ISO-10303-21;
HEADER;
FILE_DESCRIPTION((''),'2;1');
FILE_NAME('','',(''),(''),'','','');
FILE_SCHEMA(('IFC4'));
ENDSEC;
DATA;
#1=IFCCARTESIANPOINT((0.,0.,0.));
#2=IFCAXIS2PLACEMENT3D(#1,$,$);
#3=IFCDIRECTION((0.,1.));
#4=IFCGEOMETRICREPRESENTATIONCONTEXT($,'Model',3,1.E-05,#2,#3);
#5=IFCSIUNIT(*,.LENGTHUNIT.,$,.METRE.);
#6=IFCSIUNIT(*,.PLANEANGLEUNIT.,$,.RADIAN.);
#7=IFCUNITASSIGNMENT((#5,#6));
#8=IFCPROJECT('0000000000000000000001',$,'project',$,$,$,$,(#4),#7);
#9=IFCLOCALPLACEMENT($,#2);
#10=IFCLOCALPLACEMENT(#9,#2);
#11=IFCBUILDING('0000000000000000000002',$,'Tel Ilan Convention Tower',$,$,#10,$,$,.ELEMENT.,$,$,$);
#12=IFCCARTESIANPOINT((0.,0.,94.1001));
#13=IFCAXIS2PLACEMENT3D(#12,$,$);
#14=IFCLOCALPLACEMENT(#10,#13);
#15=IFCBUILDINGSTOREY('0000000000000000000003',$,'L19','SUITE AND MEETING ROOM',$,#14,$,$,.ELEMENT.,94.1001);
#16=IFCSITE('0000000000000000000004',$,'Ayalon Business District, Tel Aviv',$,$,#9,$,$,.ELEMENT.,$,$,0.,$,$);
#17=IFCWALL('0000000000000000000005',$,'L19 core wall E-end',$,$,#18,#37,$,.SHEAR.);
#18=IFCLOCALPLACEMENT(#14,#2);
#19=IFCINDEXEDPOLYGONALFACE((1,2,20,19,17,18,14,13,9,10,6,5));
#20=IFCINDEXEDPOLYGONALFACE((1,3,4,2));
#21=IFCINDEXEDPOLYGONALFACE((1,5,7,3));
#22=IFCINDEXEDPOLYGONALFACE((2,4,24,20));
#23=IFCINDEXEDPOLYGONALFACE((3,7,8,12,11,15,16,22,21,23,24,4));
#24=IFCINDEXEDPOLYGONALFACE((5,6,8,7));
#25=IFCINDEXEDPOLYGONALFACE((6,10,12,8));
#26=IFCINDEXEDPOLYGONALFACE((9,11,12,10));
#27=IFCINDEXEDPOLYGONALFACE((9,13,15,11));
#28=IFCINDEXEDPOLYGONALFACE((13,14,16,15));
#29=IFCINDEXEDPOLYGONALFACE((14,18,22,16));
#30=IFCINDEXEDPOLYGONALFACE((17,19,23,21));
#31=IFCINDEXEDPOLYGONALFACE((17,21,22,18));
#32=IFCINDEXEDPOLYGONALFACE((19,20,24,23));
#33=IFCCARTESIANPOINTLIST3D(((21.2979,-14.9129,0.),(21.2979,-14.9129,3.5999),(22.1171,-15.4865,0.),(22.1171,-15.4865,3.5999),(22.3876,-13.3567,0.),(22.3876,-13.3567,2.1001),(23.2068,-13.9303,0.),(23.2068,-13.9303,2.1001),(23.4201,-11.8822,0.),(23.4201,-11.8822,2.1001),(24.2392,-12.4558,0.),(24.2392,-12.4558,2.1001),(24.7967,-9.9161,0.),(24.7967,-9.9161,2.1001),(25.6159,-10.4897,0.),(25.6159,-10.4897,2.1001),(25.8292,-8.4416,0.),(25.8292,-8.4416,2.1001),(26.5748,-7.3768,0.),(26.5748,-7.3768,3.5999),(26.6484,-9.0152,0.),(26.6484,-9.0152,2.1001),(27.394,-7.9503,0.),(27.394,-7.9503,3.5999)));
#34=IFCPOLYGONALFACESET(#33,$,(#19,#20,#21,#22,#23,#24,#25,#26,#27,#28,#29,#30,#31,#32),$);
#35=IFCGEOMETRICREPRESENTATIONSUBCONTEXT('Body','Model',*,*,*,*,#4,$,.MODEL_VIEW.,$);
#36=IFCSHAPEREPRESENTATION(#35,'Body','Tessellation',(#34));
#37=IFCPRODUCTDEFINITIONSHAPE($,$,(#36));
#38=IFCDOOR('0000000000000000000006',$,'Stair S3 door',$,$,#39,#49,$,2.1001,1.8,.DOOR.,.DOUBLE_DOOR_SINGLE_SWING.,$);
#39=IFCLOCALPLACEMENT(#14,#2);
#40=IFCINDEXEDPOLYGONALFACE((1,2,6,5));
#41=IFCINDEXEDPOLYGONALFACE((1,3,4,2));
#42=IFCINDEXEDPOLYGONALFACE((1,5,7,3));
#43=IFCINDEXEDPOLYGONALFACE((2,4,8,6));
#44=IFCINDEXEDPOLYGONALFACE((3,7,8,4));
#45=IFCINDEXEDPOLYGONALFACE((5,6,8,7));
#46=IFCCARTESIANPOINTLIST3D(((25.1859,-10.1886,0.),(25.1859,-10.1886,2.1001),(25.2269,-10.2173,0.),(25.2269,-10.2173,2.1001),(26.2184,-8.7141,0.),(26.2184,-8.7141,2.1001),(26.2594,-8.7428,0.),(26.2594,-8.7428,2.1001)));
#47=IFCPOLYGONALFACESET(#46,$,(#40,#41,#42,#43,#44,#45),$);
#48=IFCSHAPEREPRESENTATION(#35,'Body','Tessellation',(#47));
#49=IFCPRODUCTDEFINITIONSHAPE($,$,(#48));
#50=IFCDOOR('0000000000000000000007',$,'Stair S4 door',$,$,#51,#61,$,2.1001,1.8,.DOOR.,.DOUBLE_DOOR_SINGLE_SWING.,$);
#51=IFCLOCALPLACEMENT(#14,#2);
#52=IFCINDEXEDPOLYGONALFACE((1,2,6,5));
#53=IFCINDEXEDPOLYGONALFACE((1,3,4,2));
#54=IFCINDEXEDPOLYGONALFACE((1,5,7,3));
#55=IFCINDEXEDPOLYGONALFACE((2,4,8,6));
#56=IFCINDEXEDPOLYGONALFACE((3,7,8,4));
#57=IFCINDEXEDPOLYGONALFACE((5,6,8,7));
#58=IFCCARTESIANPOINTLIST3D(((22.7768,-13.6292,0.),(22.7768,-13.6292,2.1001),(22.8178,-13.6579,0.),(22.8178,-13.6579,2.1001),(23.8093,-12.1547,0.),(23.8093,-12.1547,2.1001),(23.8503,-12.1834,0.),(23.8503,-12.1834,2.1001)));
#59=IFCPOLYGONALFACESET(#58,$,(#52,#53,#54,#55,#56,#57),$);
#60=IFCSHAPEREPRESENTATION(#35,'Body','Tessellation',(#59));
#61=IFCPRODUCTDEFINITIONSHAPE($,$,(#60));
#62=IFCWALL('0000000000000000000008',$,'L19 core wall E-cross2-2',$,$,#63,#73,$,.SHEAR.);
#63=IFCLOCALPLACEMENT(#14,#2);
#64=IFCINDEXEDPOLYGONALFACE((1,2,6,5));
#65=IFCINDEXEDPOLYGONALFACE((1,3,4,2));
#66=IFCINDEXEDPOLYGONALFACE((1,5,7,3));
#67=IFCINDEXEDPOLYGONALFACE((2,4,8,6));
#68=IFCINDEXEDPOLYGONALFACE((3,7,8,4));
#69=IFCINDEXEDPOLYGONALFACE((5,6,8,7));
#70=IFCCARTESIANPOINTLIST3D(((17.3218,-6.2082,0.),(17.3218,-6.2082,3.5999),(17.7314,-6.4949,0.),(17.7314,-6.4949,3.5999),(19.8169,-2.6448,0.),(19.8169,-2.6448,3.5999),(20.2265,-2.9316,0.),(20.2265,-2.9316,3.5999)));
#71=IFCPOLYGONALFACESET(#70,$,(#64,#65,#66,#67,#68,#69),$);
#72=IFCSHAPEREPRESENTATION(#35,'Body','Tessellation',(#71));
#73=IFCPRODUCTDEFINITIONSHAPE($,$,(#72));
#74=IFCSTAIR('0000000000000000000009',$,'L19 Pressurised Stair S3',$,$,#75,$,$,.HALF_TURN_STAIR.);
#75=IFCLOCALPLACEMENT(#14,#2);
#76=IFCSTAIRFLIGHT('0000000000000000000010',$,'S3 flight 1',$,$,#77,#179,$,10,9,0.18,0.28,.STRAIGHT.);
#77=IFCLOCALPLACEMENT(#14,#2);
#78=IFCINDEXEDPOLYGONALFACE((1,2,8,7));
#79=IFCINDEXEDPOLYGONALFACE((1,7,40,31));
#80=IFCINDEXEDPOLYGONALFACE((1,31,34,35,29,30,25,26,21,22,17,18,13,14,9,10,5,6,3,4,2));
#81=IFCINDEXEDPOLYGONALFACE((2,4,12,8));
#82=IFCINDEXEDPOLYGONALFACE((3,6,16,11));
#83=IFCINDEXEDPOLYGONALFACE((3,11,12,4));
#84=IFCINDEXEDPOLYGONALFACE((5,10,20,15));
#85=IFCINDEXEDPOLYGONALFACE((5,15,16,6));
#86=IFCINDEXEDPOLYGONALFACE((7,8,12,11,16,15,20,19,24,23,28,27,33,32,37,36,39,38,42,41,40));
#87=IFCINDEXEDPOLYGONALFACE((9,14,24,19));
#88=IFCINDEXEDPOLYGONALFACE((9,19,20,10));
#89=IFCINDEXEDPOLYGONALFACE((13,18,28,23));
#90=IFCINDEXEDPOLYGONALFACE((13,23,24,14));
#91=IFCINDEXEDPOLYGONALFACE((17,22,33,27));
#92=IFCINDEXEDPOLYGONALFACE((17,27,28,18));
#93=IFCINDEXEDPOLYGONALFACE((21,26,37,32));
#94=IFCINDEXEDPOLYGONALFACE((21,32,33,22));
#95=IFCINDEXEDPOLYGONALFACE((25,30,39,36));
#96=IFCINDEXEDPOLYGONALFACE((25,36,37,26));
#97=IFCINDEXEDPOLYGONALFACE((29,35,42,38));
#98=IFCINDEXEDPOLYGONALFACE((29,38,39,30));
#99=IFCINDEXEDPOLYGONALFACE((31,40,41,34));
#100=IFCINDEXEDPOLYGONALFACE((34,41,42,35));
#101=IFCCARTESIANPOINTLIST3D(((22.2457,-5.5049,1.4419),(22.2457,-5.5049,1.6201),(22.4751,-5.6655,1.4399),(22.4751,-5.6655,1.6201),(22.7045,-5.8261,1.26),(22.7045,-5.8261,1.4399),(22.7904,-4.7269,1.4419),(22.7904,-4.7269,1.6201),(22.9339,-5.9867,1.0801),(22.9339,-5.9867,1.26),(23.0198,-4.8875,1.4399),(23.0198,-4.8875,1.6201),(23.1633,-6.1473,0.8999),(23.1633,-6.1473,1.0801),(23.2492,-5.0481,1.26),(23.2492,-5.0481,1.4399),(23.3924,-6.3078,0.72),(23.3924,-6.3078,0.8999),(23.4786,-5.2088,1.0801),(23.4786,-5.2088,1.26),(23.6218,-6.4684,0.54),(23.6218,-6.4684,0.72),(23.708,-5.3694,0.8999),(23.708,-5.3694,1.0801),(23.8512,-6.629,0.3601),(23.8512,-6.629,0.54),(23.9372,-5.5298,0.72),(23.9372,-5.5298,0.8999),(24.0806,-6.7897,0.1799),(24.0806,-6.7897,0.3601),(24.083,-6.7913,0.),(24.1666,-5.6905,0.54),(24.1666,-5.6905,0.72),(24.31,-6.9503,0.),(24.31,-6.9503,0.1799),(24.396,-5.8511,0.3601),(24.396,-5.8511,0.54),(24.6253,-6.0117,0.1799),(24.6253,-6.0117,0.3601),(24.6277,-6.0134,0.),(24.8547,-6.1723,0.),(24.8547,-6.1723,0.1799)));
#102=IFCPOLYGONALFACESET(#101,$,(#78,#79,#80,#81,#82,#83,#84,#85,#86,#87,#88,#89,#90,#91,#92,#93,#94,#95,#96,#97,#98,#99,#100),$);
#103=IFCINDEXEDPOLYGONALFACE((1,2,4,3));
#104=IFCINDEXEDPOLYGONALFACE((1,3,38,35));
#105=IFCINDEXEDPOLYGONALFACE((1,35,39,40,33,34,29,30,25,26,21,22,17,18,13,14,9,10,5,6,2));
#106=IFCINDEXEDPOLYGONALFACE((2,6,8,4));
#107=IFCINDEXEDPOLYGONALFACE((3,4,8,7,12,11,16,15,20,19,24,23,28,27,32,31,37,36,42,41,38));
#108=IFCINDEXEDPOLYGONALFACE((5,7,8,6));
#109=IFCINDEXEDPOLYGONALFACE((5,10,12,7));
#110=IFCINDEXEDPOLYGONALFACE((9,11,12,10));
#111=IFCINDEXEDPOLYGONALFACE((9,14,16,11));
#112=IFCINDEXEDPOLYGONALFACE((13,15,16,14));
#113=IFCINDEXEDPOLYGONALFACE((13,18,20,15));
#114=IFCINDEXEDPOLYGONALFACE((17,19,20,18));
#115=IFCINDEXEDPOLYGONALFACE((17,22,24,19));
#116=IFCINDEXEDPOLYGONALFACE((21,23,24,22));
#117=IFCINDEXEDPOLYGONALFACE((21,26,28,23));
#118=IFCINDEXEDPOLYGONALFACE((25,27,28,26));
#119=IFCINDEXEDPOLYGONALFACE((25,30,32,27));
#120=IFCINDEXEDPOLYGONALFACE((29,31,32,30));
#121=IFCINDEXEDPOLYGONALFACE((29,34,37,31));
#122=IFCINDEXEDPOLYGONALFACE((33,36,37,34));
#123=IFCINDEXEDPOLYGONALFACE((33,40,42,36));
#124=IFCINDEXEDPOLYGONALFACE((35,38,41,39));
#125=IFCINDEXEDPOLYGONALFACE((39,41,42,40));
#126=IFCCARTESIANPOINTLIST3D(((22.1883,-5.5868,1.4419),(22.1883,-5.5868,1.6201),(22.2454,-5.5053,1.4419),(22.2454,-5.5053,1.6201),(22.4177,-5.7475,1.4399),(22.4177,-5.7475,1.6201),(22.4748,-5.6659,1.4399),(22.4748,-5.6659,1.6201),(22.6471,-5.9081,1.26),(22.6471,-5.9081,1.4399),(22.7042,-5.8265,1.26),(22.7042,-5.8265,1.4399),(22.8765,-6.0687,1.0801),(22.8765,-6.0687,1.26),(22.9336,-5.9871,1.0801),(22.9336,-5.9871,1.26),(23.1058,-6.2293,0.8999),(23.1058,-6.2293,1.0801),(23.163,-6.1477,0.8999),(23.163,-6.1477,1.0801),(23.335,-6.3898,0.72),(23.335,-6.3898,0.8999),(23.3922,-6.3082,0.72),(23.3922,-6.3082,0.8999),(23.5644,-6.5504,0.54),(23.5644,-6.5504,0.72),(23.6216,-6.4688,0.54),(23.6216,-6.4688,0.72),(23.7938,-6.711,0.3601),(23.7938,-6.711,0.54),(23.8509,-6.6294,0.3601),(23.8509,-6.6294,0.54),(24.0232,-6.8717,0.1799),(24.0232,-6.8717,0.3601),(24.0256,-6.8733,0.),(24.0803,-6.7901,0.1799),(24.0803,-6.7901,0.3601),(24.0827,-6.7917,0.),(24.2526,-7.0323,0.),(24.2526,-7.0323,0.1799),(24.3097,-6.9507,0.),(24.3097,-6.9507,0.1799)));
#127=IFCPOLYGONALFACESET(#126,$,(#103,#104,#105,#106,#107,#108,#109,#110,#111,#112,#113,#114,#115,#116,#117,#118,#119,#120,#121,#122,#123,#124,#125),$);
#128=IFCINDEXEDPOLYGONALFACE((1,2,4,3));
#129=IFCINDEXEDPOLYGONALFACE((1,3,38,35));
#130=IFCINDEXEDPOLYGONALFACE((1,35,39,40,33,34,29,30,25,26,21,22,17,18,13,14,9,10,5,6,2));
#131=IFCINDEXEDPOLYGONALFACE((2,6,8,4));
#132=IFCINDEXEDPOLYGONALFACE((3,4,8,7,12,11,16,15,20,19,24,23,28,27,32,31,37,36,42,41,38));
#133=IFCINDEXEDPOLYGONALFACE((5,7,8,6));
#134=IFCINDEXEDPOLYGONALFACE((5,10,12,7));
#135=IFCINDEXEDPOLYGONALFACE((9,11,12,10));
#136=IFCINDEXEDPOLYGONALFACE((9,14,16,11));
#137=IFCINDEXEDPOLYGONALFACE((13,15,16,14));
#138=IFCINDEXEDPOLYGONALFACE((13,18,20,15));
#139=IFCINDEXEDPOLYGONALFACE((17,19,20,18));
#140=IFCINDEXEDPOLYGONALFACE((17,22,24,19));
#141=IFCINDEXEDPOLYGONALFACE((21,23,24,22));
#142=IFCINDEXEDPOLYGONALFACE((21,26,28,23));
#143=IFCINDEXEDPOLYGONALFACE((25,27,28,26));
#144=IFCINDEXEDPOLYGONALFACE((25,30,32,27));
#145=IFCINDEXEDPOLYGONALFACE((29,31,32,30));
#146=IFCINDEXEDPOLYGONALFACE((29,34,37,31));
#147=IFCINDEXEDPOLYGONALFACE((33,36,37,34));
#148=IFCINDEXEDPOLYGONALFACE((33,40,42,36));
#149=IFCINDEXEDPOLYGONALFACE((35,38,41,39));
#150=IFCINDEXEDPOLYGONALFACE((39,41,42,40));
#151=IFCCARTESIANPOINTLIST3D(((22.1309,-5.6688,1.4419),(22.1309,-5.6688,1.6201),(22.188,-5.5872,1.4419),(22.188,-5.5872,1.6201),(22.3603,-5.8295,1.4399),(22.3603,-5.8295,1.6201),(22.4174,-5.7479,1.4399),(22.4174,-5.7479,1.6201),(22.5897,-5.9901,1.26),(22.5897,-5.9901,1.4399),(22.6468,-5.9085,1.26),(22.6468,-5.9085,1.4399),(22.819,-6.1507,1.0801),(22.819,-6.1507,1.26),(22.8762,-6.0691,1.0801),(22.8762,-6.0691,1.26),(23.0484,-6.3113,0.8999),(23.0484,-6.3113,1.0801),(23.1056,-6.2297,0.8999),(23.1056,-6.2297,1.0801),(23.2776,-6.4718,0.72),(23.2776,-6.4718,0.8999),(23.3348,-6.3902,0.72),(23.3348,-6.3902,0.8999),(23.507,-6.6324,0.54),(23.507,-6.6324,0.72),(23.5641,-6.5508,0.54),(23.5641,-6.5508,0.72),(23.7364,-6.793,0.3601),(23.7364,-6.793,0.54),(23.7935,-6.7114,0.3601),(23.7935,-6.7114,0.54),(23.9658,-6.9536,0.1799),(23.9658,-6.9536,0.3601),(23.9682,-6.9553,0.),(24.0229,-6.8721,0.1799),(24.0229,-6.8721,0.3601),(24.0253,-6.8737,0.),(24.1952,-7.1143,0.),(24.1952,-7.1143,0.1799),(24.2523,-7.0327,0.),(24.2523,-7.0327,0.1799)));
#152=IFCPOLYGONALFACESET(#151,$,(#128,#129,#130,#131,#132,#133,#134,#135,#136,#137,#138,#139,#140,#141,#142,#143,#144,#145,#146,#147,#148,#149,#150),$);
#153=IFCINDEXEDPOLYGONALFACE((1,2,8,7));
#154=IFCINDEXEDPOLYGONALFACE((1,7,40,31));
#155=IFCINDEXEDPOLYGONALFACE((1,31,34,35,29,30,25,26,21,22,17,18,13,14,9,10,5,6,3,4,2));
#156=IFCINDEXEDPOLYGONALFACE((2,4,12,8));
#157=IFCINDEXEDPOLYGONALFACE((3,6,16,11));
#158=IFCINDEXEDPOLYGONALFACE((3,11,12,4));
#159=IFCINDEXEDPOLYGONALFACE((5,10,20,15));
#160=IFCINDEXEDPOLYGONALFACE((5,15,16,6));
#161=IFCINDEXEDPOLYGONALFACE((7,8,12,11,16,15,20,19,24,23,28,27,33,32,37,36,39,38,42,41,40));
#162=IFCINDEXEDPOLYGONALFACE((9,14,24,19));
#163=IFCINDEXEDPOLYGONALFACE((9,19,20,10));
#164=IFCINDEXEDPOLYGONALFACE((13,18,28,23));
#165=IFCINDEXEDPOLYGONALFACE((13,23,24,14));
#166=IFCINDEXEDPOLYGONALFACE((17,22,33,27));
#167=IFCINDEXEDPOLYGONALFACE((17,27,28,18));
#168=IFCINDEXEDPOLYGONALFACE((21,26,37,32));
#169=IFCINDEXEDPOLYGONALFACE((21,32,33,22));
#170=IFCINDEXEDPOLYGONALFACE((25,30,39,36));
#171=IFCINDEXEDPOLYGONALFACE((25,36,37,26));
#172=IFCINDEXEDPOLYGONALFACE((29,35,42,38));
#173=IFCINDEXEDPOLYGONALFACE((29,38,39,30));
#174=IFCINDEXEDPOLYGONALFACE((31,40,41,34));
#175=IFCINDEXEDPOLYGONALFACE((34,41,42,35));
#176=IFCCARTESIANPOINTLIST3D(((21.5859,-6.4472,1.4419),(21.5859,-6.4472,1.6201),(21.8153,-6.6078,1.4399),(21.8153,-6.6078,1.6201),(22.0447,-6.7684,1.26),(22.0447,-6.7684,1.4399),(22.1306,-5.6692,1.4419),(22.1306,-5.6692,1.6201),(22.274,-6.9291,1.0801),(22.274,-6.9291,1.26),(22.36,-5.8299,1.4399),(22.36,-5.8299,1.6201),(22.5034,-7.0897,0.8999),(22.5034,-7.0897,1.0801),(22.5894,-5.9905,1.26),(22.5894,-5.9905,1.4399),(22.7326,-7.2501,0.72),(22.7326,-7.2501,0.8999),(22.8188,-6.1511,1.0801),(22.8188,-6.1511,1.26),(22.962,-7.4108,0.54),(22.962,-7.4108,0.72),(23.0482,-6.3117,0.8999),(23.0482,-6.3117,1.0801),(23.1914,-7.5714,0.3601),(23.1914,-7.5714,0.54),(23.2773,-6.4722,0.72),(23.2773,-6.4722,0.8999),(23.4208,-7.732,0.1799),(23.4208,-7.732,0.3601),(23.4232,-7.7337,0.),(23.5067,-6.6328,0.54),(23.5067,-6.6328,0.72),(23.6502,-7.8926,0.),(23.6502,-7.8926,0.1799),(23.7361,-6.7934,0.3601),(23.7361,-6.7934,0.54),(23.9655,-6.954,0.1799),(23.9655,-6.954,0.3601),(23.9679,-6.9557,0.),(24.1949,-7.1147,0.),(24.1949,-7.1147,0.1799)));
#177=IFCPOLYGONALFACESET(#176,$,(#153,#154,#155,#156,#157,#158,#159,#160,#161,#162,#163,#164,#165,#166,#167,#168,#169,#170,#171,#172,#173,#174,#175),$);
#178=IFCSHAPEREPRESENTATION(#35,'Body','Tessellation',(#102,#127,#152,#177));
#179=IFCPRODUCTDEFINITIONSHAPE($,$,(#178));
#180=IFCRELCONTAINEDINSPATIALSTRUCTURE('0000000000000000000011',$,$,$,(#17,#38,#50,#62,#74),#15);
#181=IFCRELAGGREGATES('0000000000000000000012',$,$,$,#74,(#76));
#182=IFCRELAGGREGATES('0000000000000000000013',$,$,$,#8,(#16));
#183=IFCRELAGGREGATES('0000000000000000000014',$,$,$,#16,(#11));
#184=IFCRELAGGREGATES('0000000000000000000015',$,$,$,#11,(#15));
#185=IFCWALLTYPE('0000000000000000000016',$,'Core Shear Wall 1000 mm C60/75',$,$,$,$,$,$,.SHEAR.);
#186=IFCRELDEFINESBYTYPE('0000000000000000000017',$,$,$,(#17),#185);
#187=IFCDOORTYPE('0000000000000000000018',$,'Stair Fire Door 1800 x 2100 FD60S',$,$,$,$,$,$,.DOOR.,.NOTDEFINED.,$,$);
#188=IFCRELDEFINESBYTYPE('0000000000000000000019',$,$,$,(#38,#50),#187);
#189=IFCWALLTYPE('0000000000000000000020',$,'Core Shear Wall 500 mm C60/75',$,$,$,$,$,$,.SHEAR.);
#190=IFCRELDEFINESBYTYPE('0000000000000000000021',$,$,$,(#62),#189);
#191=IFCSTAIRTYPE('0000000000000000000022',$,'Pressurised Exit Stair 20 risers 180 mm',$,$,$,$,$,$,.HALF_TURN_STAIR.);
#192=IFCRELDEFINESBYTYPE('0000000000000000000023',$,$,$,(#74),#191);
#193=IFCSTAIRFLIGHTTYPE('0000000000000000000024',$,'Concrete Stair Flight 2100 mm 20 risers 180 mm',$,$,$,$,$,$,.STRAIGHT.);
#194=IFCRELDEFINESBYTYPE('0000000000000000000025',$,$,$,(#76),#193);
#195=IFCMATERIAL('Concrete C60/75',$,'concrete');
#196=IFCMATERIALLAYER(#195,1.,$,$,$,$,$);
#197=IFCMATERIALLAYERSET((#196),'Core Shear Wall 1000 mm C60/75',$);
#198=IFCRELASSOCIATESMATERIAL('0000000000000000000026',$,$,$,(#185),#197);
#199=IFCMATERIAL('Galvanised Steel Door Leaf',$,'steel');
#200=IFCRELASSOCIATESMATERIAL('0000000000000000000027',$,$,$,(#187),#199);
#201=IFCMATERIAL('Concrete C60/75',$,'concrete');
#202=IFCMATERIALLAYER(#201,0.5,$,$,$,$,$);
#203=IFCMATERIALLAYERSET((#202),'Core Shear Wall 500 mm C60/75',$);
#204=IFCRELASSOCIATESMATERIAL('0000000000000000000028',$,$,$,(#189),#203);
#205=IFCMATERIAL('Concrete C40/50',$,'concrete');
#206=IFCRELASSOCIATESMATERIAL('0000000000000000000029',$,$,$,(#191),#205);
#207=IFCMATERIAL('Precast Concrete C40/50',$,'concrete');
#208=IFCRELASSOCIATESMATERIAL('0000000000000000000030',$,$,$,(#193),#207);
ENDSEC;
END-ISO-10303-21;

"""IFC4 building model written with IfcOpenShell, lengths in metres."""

from ifc_helpers import new_model, si_unit, direction, frame, frame_2d, origin, place, context, subcontext, project, spatial, polyline, rectangle, outline, extrude, material, layer, layer_set, type_object, element, fill, aggregate, save


model = new_model("IFC4")

# Units and contexts
model_context = context("Model", 3, precision=1e-05, world=origin(), true_north=direction((0.0, 1.0)))
body_context = subcontext(model_context, "Body", "Model", "MODEL_VIEW")
ifc_project = project(units=[si_unit("LENGTHUNIT", "METRE"), si_unit("PLANEANGLEUNIT", "RADIAN")], contexts=[model_context])

# Site, building, storey
site_placement = place(None, origin())
site = spatial("IfcSite", under=ifc_project, at=site_placement, Name="Ayalon Business District, Tel Aviv", CompositionType="ELEMENT", RefElevation=0.0)
building_placement = place(site_placement, origin())
building = spatial("IfcBuilding", under=site, at=building_placement, Name="Tel Ilan Convention Tower", CompositionType="ELEMENT")
storey_placement = place(building_placement, frame((0.0, 0.0, 94.1001)))
storey = spatial("IfcBuildingStorey", under=building, at=storey_placement, Name="L19", Description="SUITE AND MEETING ROOM", CompositionType="ELEMENT", Elevation=94.1001)

# Wall, openings, doors
ifc_material_1 = material(Name="Concrete C60/75", Category="concrete")
ifc_layer_1 = layer(ifc_material_1, 1.0)
ifc_layer_set_1 = layer_set([ifc_layer_1], Name="Core Shear Wall 1000 mm C60/75")
wall_type_1 = type_object("IfcWallType", Name="Core Shear Wall 1000 mm C60/75", PredefinedType="SHEAR", material=ifc_layer_set_1)
wall_1_placement = place(storey_placement, frame((21.7075, -15.1997, 0.0), z_axis=(0.0, 0.0, 1.0), x_axis=(0.573576, 0.819152, 0.0)))
wall_1 = element("IfcWall", 1, at=wall_1_placement, inside=storey, type_object=wall_type_1, Name="L19 core wall E-end", PredefinedType="SHEAR", context=body_context, shape_type="SweptSolid", body=[
    extrude(outline(polyline([(9.2, 0.5), (0.0, 0.5), (0.0, -0.5), (9.2, -0.5), (9.2, 0.5)])), origin(), (0.0, 0.0, 1.0), 3.5999),
])
opening_1_placement = place(wall_1_placement, frame((6.1001, 0.0, 0.0)))
opening_1 = element("IfcOpeningElement", 2, at=opening_1_placement, cuts=wall_1, PredefinedType="OPENING", context=body_context, shape_type="SweptSolid", body=[
    extrude(rectangle(XDim=1.8, YDim=2.1001, at=frame_2d((0.8999, 1.05))), frame((0.0, 0.51, 0.0), z_axis=(0.0, -1.0, 0.0), x_axis=(1.0, 0.0, 0.0)), (0.0, 0.0, 1.0), 1.02),
])
opening_2_placement = place(wall_1_placement, frame((1.8999, 0.0, 0.0)))
opening_2 = element("IfcOpeningElement", 3, at=opening_2_placement, cuts=wall_1, PredefinedType="OPENING", context=body_context, shape_type="SweptSolid", body=[
    extrude(rectangle(XDim=1.8, YDim=2.1001, at=frame_2d((0.8999, 1.05))), frame((0.0, 0.51, 0.0), z_axis=(0.0, -1.0, 0.0), x_axis=(1.0, 0.0, 0.0)), (0.0, 0.0, 1.0), 1.02),
])
ifc_material_2 = material(Name="Galvanised Steel Door Leaf", Category="steel")
door_type = type_object("IfcDoorType", Name="Stair Fire Door 1800 x 2100 FD60S", OperationType="NOTDEFINED", PredefinedType="DOOR", material=ifc_material_2)
door_1_placement = place(opening_1_placement, origin())
door_1 = element("IfcDoor", 4, at=door_1_placement, inside=storey, type_object=door_type, Name="Stair S3 door", OperationType="DOUBLE_DOOR_SINGLE_SWING", OverallHeight=2.1001, OverallWidth=1.8, PredefinedType="DOOR", context=body_context, shape_type="SweptSolid", body=[
    extrude(rectangle(XDim=1.8, YDim=2.1001, at=frame_2d((0.8999, 1.05))), frame((0.0, 0.0249, 0.0), z_axis=(0.0, -1.0, 0.0), x_axis=(1.0, 0.0, 0.0)), (0.0, 0.0, 1.0), 0.05),
])
fill(opening_1, door_1)
door_2_placement = place(opening_2_placement, origin())
door_2 = element("IfcDoor", 5, at=door_2_placement, inside=storey, type_object=door_type, Name="Stair S4 door", OperationType="DOUBLE_DOOR_SINGLE_SWING", OverallHeight=2.1001, OverallWidth=1.8, PredefinedType="DOOR", context=body_context, shape_type="SweptSolid", body=[
    extrude(rectangle(XDim=1.8, YDim=2.1001, at=frame_2d((0.8999, 1.05))), frame((0.0, 0.0249, 0.0), z_axis=(0.0, -1.0, 0.0), x_axis=(1.0, 0.0, 0.0)), (0.0, 0.0, 1.0), 0.05),
])
fill(opening_2, door_2)

# Wall
ifc_material_3 = material(Name="Concrete C60/75", Category="concrete")
ifc_layer_2 = layer(ifc_material_3, 0.5)
ifc_layer_set_2 = layer_set([ifc_layer_2], Name="Core Shear Wall 500 mm C60/75")
wall_type_2 = type_object("IfcWallType", Name="Core Shear Wall 500 mm C60/75", PredefinedType="SHEAR", material=ifc_layer_set_2)
wall_2_placement = place(storey_placement, frame((17.5266, -6.3516, 0.0), z_axis=(0.0, 0.0, 1.0), x_axis=(0.57353, 0.819184, 0.0)))
element("IfcWall", 6, at=wall_2_placement, inside=storey, type_object=wall_type_2, Name="L19 core wall E-cross2-2", PredefinedType="SHEAR", context=body_context, shape_type="SweptSolid", body=[
    extrude(outline(polyline([(4.3501, -0.2502), (4.3501, 0.2498), (0.0, 0.25), (0.0, -0.25), (4.3501, -0.2502)])), origin(), (0.0, 0.0, 1.0), 3.5999),
])

# Stair, stair flight
ifc_material_4 = material(Name="Concrete C40/50", Category="concrete")
stair_type = type_object("IfcStairType", Name="Pressurised Exit Stair 20 risers 180 mm", PredefinedType="HALF_TURN_STAIR", material=ifc_material_4)
stair_1_placement = place(storey_placement, origin())
stair_1 = element("IfcStair", 7, at=stair_1_placement, inside=storey, type_object=stair_type, Name="L19 Pressurised Stair S3", PredefinedType="HALF_TURN_STAIR")
ifc_material_5 = material(Name="Precast Concrete C40/50", Category="concrete")
stair_flight_type = type_object("IfcStairFlightType", Name="Concrete Stair Flight 2100 mm 20 risers 180 mm", PredefinedType="STRAIGHT", material=ifc_material_5)
stair_flight_1_placement = place(storey_placement, frame((24.2524, -7.0325, 0.0), z_axis=(0.0, 0.0, 1.0), x_axis=(-0.819152, 0.573576, 0.0)))
stair_flight_1 = element("IfcStairFlight", 8, at=stair_flight_1_placement, type_object=stair_flight_type, Name="S3 flight 1", NumberOfRisers=10, NumberOfTreads=9, PredefinedType="STRAIGHT", RiserHeight=0.18, TreadLength=0.28, context=body_context, shape_type="SweptSolid", body=[
    extrude(outline(polyline([(0.0, 0.0), (0.0, 0.1799), (0.28, 0.1799), (0.28, 0.3601), (0.5601, 0.3601), (0.5601, 0.54), (0.8401, 0.54), (0.8401, 0.72), (1.1201, 0.72), (1.1201, 0.8999), (1.3999, 0.8999), (1.3999, 1.0801), (1.6799, 1.0801), (1.6799, 1.26), (1.96, 1.26), (1.96, 1.4399), (2.24, 1.4399), (2.24, 1.6201), (2.52, 1.6201), (2.52, 1.8), (2.52, 1.4419), (0.2771, 0.0), (0.0, 0.0)])), frame((0.0, -0.1003, 0.0), z_axis=(0.0, -1.0, 0.0), x_axis=(1.0, 0.0, 0.0)), (0.0, 0.0, 1.0), 0.9497),
    extrude(outline(polyline([(0.0, 0.0), (0.0, 0.1799), (0.28, 0.1799), (0.28, 0.3601), (0.5601, 0.3601), (0.5601, 0.54), (0.8401, 0.54), (0.8401, 0.72), (1.1201, 0.72), (1.1201, 0.8999), (1.3999, 0.8999), (1.3999, 1.0801), (1.6799, 1.0801), (1.6799, 1.26), (1.96, 1.26), (1.96, 1.4399), (2.24, 1.4399), (2.24, 1.6201), (2.52, 1.6201), (2.52, 1.8), (2.52, 1.4419), (0.2771, 0.0), (0.0, 0.0)])), frame((0.0, -0.0002, 0.0), z_axis=(0.0, -1.0, 0.0), x_axis=(1.0, 0.0, 0.0)), (0.0, 0.0, 1.0), 0.0996),
    extrude(outline(polyline([(0.0, 0.0), (0.0, 0.1799), (0.28, 0.1799), (0.28, 0.3601), (0.5601, 0.3601), (0.5601, 0.54), (0.8401, 0.54), (0.8401, 0.72), (1.1201, 0.72), (1.1201, 0.8999), (1.3999, 0.8999), (1.3999, 1.0801), (1.6799, 1.0801), (1.6799, 1.26), (1.96, 1.26), (1.96, 1.4399), (2.24, 1.4399), (2.24, 1.6201), (2.52, 1.6201), (2.52, 1.8), (2.52, 1.4419), (0.2771, 0.0), (0.0, 0.0)])), frame((0.0, 0.0999, 0.0), z_axis=(0.0, -1.0, 0.0), x_axis=(1.0, 0.0, 0.0)), (0.0, 0.0, 1.0), 0.0996),
    extrude(outline(polyline([(0.0, 0.0), (0.0, 0.1799), (0.28, 0.1799), (0.28, 0.3601), (0.5601, 0.3601), (0.5601, 0.54), (0.8401, 0.54), (0.8401, 0.72), (1.1201, 0.72), (1.1201, 0.8999), (1.3999, 0.8999), (1.3999, 1.0801), (1.6799, 1.0801), (1.6799, 1.26), (1.96, 1.26), (1.96, 1.4399), (2.24, 1.4399), (2.24, 1.6201), (2.52, 1.6201), (2.52, 1.8), (2.52, 1.4419), (0.2771, 0.0), (0.0, 0.0)])), frame((0.0, 1.05, 0.0), z_axis=(0.0, -1.0, 0.0), x_axis=(1.0, 0.0, 0.0)), (0.0, 0.0, 1.0), 0.9497),
])
aggregate(stair_1, [stair_flight_1])

save(model, "model.ifc")
